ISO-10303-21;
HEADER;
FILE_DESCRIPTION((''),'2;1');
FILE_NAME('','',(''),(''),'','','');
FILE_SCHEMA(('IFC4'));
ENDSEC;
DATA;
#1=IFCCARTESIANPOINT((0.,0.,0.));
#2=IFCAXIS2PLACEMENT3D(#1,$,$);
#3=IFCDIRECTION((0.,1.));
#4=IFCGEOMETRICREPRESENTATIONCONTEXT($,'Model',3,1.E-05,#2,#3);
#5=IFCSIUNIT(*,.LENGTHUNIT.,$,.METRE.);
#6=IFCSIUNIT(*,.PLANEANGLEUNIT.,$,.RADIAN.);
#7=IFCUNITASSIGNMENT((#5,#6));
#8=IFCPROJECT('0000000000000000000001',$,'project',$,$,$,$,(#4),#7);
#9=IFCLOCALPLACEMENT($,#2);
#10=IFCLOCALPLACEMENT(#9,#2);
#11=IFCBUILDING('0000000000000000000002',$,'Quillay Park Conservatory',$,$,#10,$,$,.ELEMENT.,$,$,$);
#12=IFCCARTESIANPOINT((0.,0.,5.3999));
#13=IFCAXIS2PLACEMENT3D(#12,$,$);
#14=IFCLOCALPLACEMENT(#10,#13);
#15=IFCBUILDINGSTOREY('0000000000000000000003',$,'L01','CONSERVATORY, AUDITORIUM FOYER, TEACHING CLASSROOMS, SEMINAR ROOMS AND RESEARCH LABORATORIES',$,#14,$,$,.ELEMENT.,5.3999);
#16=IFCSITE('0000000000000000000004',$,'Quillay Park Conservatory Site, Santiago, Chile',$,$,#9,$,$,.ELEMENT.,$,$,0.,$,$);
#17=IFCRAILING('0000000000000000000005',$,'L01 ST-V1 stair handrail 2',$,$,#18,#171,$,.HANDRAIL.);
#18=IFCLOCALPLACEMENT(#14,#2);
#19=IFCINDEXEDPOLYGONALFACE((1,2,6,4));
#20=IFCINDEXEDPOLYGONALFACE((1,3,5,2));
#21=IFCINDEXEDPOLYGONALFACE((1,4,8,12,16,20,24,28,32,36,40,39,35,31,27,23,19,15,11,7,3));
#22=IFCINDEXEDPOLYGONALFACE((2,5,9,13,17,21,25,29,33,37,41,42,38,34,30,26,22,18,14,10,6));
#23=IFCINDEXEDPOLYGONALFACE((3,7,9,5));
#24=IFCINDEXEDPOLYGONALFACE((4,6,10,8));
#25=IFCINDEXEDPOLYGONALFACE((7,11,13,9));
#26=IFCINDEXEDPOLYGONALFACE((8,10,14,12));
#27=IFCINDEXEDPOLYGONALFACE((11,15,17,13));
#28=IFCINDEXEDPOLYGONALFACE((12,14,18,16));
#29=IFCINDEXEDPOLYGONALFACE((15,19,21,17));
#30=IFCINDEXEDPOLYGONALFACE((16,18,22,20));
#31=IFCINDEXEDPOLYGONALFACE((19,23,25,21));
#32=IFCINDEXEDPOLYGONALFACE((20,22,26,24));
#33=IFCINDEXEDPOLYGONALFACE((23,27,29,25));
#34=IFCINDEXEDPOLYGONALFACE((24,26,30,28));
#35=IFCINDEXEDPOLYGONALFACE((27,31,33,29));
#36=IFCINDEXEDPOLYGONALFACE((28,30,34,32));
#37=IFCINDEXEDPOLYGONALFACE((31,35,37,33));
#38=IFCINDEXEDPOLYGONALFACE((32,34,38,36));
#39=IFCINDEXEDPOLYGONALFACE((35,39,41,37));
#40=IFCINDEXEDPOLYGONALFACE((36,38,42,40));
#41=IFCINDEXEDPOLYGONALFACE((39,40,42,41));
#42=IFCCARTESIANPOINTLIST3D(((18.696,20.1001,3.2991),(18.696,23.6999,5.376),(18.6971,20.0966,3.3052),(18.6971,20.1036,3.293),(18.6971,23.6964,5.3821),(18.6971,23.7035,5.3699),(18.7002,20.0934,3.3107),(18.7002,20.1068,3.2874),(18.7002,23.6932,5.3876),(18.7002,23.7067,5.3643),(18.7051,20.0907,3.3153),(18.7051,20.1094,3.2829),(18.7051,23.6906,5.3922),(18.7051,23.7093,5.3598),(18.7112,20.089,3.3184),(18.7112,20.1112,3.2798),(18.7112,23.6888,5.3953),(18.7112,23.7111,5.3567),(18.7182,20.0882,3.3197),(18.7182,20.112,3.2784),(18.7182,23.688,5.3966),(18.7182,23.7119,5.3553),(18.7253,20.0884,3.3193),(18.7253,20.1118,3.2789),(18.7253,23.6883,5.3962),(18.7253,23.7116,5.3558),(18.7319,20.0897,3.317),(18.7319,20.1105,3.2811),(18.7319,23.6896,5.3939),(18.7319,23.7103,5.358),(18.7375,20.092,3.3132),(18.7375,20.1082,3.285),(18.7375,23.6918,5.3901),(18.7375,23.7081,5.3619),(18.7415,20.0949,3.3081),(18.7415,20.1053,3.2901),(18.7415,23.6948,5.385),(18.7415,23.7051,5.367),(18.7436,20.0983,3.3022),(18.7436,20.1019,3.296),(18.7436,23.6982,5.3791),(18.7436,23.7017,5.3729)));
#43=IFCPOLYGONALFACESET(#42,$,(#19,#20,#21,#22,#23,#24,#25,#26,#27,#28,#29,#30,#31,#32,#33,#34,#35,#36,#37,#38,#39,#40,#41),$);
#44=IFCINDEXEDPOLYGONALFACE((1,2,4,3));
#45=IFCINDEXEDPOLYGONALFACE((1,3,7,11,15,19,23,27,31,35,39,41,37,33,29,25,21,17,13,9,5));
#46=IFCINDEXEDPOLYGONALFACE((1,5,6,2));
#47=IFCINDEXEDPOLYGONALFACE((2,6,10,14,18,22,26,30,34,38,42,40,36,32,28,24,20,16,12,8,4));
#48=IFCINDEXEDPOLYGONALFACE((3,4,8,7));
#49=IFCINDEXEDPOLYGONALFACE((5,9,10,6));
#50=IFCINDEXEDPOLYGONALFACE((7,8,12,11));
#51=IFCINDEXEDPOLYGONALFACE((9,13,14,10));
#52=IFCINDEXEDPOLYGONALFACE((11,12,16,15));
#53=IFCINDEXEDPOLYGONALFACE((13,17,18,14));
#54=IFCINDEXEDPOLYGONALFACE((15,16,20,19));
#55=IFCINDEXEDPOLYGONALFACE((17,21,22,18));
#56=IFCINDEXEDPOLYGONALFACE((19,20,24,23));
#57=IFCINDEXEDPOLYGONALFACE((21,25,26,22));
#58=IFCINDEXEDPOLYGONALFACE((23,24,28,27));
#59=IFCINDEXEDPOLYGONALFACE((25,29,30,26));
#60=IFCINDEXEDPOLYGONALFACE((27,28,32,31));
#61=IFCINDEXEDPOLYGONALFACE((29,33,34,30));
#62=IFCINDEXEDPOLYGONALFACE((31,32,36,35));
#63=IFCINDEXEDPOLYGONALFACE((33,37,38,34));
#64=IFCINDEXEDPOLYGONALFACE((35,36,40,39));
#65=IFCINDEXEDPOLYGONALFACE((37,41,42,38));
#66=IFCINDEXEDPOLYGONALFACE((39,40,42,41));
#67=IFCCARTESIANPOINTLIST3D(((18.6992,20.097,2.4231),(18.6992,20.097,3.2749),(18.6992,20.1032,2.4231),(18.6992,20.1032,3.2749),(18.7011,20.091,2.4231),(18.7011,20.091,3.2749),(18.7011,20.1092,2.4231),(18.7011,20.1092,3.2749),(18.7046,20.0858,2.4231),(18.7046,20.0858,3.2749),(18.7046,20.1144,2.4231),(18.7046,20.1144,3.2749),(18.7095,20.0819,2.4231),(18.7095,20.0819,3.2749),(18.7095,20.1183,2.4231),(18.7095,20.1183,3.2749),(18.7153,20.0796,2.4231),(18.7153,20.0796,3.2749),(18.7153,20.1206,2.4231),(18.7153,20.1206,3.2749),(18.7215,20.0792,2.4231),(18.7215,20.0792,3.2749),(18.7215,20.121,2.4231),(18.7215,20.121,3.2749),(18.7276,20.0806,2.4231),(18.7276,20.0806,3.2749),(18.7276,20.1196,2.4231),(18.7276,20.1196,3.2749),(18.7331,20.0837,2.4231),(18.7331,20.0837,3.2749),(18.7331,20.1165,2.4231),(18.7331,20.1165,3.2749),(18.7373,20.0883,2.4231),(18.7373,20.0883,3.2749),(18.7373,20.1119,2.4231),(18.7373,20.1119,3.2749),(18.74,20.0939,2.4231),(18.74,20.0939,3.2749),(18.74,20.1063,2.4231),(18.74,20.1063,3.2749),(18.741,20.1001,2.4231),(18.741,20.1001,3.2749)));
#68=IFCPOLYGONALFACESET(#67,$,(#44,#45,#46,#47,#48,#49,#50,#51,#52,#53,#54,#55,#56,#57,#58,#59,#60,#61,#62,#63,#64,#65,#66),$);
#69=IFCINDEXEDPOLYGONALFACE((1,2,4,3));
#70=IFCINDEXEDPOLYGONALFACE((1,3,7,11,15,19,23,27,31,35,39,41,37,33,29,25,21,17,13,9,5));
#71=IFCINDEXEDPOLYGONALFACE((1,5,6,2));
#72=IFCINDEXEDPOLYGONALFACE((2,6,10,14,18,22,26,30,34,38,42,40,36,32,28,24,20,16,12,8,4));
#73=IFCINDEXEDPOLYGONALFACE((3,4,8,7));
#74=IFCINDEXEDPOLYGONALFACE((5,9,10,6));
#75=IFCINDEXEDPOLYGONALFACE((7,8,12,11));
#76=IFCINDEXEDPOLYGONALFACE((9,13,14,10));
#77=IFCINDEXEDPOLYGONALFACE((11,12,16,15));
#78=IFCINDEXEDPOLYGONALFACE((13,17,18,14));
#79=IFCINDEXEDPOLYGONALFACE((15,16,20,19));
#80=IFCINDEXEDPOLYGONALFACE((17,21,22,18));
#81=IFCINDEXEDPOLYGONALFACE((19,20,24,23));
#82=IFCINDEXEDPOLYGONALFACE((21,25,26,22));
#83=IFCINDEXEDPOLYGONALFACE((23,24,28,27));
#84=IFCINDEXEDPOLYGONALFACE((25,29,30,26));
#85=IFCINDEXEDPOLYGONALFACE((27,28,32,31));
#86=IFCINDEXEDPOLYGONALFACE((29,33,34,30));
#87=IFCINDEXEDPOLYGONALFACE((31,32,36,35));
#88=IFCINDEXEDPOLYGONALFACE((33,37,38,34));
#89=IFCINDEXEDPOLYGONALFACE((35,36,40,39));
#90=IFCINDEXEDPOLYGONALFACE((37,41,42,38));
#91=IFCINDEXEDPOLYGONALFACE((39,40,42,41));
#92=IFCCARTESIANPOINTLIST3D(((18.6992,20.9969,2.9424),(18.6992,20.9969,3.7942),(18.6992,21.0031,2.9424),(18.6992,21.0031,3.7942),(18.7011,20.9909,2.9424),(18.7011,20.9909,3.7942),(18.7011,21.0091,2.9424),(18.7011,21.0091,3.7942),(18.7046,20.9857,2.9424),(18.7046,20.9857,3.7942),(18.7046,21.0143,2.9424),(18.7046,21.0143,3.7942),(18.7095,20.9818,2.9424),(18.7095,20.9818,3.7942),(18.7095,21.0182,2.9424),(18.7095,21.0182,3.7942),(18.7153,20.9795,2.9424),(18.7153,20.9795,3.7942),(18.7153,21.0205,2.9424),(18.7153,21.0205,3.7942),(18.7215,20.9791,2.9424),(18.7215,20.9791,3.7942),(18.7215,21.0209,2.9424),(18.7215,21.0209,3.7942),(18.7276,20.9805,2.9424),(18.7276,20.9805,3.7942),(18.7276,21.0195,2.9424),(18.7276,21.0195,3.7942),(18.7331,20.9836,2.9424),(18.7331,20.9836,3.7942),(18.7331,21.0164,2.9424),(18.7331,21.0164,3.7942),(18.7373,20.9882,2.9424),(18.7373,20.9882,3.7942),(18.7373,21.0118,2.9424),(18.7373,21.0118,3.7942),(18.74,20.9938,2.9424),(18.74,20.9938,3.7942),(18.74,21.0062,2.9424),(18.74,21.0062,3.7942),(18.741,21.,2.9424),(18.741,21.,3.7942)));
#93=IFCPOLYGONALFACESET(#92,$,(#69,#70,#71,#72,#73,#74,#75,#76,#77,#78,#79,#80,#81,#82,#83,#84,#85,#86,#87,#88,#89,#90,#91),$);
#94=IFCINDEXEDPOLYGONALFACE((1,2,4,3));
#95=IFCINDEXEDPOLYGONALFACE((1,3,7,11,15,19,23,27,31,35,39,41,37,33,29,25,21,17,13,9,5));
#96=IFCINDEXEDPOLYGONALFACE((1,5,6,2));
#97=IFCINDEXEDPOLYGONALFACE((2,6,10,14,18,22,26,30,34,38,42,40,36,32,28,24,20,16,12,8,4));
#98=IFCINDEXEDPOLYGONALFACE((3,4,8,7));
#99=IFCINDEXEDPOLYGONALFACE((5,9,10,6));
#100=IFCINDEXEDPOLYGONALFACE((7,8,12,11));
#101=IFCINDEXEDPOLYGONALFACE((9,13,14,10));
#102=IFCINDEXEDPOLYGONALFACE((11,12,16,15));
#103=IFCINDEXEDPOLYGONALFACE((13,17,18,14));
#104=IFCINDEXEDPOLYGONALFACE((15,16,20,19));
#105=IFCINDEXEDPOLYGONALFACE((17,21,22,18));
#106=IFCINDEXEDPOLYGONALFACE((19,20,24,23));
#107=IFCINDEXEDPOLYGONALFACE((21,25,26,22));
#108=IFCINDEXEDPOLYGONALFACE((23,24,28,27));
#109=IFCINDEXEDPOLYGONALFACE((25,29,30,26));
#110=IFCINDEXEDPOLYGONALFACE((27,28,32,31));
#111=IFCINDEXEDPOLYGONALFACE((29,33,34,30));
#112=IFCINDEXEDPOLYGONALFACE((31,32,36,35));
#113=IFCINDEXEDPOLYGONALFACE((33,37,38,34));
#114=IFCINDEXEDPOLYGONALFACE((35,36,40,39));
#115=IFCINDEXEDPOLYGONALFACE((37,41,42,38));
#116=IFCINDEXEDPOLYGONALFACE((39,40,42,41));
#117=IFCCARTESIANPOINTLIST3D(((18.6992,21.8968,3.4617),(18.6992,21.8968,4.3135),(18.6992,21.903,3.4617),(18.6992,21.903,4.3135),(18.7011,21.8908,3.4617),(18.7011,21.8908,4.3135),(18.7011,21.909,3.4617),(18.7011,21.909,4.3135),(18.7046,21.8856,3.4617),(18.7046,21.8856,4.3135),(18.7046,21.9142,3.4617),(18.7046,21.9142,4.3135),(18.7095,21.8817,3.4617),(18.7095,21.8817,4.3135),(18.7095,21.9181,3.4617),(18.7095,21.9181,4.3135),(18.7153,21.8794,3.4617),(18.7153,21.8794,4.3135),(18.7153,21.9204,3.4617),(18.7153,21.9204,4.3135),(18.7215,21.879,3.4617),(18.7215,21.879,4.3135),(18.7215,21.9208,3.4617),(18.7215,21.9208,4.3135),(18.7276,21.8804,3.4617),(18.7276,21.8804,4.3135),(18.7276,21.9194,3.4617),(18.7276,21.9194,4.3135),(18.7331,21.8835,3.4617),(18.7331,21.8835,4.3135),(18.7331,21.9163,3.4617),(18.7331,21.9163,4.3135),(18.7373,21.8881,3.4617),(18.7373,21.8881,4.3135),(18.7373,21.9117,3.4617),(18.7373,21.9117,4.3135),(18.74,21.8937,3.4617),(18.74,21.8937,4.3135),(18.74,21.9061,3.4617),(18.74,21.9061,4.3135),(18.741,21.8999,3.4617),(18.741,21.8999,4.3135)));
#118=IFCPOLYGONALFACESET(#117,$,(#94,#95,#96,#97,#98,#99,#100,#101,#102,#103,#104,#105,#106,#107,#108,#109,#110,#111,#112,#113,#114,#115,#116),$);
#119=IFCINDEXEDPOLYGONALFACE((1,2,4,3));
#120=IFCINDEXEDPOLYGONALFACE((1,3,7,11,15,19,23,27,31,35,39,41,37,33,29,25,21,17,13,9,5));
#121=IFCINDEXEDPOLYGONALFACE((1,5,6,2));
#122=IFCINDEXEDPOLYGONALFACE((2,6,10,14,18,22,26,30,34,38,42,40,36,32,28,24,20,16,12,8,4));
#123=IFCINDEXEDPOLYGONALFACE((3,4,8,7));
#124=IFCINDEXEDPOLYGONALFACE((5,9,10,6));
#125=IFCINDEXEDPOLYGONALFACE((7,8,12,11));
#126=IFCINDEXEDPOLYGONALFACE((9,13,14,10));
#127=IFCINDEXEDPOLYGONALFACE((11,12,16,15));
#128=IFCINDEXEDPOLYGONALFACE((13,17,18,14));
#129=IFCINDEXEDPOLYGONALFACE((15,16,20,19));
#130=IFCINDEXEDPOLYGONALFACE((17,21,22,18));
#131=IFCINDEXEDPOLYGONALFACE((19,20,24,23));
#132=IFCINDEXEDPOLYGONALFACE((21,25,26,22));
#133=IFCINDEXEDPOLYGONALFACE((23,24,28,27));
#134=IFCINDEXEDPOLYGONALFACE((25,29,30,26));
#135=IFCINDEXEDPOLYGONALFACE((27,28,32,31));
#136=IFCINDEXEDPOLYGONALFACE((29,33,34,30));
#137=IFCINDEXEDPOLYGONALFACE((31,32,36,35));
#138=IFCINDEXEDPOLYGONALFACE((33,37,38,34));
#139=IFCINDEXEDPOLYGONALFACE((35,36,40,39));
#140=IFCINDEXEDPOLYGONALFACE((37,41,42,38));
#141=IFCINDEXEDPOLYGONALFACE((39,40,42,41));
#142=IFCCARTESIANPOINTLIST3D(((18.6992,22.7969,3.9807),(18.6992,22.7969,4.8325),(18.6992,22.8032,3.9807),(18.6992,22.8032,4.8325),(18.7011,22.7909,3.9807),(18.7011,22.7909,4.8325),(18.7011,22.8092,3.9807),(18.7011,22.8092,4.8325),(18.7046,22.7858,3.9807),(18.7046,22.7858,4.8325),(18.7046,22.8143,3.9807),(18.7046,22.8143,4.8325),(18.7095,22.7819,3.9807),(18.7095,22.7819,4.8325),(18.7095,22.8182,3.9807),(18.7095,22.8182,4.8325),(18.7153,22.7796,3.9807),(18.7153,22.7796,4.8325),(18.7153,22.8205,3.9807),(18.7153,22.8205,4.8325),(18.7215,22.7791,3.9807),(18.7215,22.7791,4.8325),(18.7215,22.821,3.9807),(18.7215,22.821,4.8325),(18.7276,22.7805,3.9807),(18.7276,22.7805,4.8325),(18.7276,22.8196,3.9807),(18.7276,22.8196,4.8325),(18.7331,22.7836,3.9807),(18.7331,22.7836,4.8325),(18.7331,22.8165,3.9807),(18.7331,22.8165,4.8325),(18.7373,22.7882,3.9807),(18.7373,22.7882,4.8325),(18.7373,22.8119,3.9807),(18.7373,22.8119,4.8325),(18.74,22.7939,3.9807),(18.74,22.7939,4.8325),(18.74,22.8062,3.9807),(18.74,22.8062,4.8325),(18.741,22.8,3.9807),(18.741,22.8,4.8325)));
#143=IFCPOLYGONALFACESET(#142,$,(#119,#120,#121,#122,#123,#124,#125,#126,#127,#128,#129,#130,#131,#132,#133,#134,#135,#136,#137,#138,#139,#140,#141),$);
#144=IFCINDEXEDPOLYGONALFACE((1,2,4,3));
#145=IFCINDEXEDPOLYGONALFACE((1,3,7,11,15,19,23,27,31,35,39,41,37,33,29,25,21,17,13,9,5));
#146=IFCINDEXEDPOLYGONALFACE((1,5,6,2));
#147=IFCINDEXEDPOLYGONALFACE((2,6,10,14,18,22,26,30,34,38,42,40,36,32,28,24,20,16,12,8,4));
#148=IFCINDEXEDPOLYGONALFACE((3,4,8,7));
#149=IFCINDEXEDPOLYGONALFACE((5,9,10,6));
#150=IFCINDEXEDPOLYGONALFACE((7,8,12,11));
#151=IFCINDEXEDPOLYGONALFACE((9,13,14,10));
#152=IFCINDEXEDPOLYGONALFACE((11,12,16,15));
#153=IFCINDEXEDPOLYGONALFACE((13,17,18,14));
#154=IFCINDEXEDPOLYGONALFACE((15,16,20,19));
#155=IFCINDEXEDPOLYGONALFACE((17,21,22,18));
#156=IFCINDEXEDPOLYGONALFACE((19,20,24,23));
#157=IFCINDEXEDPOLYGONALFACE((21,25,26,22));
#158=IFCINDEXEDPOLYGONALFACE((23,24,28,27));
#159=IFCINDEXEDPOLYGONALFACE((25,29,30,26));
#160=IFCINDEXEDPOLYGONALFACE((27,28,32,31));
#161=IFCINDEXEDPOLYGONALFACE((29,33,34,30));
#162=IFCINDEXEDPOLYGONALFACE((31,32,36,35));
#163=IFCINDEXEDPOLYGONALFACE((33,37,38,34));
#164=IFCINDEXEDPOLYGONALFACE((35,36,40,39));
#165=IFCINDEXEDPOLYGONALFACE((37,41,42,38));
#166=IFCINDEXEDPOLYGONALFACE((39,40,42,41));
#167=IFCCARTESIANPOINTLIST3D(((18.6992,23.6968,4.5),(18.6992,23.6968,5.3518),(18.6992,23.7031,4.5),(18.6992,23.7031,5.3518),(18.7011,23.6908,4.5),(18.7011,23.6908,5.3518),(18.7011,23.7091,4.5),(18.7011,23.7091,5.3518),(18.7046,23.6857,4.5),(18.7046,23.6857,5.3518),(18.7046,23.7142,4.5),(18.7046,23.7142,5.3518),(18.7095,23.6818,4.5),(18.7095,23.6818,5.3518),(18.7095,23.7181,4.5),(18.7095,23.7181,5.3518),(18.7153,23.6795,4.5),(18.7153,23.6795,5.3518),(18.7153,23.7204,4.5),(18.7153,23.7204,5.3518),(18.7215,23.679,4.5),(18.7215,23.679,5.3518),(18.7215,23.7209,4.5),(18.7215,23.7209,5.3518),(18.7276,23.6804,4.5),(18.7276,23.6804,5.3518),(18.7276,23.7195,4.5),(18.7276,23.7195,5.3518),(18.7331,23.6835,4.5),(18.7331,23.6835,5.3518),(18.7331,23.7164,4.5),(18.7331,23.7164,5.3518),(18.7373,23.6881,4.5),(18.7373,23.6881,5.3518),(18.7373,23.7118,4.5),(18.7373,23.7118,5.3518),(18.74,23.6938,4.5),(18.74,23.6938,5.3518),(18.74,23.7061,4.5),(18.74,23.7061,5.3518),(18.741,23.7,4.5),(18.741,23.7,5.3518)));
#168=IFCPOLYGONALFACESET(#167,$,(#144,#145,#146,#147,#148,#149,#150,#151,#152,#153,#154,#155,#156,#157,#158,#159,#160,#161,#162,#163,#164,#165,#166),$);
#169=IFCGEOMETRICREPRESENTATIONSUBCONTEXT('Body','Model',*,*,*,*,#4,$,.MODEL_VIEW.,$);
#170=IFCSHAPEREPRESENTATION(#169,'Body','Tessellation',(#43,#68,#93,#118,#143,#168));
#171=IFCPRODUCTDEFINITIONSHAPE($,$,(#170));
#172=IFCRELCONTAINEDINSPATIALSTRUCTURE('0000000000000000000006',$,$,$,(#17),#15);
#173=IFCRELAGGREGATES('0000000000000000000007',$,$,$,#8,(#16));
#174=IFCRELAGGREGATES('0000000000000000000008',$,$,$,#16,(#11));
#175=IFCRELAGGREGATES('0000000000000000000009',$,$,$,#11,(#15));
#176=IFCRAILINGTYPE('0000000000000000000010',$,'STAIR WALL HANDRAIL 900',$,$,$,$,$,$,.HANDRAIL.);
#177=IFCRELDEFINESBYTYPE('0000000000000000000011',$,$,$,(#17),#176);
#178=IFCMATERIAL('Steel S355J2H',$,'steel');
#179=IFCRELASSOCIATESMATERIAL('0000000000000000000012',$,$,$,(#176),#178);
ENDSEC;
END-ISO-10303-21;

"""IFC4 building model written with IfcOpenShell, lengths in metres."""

from ifc_helpers import new_model, si_unit, direction, frame, origin, origin_2d, place, context, subcontext, project, spatial, circle, extrude, material, type_object, element, save


model = new_model("IFC4")

# Units and contexts
model_context = context("Model", 3, precision=1e-05, world=origin(), true_north=direction((0.0, 1.0)))
body_context = subcontext(model_context, "Body", "Model", "MODEL_VIEW")
ifc_project = project(units=[si_unit("LENGTHUNIT", "METRE"), si_unit("PLANEANGLEUNIT", "RADIAN")], contexts=[model_context])

# Site, building, storey
site_placement = place(None, origin())
site = spatial("IfcSite", under=ifc_project, at=site_placement, Name="Quillay Park Conservatory Site, Santiago, Chile", CompositionType="ELEMENT", RefElevation=0.0)
building_placement = place(site_placement, origin())
building = spatial("IfcBuilding", under=site, at=building_placement, Name="Quillay Park Conservatory", CompositionType="ELEMENT")
storey_placement = place(building_placement, frame((0.0, 0.0, 5.3999)))
storey = spatial("IfcBuildingStorey", under=building, at=storey_placement, Name="L01", Description="CONSERVATORY, AUDITORIUM FOYER, TEACHING CLASSROOMS, SEMINAR ROOMS AND RESEARCH LABORATORIES", CompositionType="ELEMENT", Elevation=5.3999)

# Railing
ifc_material_1 = material(Name="Steel S355J2H", Category="steel")
railing_type_1 = type_object("IfcRailingType", Name="STAIR WALL HANDRAIL 900", PredefinedType="HANDRAIL", material=ifc_material_1)
railing_1_placement = place(storey_placement, frame((18.72, 20.1001, 2.4231)))
element("IfcRailing", 1, at=railing_1_placement, inside=storey, type_object=railing_type_1, Name="L01 ST-V1 stair handrail 2", PredefinedType="HANDRAIL", context=body_context, shape_type="SweptSolid", body=[
    extrude(circle(Radius=0.0239, at=origin_2d()), frame((0.0, 0.0, 0.876), z_axis=(0.0, 0.866179, 0.499734), x_axis=(-1.0, 0.0, 0.0)), (0.0, 0.0, 1.0), 4.156),
    extrude(circle(Radius=0.021, at=origin_2d()), origin(), (0.0, 0.0, 1.0), 0.8518),
    extrude(circle(Radius=0.021, at=origin_2d()), frame((0.0, 0.8999, 0.5193)), (0.0, 0.0, 1.0), 0.8518),
    extrude(circle(Radius=0.021, at=origin_2d()), frame((0.0, 1.7998, 1.0386)), (0.0, 0.0, 1.0), 0.8518),
    extrude(circle(Radius=0.021, at=origin_2d()), frame((0.0, 2.7, 1.5576)), (0.0, 0.0, 1.0), 0.8518),
    extrude(circle(Radius=0.021, at=origin_2d()), frame((0.0, 3.5999, 2.0769)), (0.0, 0.0, 1.0), 0.8518),
])

save(model, "model.ifc")
